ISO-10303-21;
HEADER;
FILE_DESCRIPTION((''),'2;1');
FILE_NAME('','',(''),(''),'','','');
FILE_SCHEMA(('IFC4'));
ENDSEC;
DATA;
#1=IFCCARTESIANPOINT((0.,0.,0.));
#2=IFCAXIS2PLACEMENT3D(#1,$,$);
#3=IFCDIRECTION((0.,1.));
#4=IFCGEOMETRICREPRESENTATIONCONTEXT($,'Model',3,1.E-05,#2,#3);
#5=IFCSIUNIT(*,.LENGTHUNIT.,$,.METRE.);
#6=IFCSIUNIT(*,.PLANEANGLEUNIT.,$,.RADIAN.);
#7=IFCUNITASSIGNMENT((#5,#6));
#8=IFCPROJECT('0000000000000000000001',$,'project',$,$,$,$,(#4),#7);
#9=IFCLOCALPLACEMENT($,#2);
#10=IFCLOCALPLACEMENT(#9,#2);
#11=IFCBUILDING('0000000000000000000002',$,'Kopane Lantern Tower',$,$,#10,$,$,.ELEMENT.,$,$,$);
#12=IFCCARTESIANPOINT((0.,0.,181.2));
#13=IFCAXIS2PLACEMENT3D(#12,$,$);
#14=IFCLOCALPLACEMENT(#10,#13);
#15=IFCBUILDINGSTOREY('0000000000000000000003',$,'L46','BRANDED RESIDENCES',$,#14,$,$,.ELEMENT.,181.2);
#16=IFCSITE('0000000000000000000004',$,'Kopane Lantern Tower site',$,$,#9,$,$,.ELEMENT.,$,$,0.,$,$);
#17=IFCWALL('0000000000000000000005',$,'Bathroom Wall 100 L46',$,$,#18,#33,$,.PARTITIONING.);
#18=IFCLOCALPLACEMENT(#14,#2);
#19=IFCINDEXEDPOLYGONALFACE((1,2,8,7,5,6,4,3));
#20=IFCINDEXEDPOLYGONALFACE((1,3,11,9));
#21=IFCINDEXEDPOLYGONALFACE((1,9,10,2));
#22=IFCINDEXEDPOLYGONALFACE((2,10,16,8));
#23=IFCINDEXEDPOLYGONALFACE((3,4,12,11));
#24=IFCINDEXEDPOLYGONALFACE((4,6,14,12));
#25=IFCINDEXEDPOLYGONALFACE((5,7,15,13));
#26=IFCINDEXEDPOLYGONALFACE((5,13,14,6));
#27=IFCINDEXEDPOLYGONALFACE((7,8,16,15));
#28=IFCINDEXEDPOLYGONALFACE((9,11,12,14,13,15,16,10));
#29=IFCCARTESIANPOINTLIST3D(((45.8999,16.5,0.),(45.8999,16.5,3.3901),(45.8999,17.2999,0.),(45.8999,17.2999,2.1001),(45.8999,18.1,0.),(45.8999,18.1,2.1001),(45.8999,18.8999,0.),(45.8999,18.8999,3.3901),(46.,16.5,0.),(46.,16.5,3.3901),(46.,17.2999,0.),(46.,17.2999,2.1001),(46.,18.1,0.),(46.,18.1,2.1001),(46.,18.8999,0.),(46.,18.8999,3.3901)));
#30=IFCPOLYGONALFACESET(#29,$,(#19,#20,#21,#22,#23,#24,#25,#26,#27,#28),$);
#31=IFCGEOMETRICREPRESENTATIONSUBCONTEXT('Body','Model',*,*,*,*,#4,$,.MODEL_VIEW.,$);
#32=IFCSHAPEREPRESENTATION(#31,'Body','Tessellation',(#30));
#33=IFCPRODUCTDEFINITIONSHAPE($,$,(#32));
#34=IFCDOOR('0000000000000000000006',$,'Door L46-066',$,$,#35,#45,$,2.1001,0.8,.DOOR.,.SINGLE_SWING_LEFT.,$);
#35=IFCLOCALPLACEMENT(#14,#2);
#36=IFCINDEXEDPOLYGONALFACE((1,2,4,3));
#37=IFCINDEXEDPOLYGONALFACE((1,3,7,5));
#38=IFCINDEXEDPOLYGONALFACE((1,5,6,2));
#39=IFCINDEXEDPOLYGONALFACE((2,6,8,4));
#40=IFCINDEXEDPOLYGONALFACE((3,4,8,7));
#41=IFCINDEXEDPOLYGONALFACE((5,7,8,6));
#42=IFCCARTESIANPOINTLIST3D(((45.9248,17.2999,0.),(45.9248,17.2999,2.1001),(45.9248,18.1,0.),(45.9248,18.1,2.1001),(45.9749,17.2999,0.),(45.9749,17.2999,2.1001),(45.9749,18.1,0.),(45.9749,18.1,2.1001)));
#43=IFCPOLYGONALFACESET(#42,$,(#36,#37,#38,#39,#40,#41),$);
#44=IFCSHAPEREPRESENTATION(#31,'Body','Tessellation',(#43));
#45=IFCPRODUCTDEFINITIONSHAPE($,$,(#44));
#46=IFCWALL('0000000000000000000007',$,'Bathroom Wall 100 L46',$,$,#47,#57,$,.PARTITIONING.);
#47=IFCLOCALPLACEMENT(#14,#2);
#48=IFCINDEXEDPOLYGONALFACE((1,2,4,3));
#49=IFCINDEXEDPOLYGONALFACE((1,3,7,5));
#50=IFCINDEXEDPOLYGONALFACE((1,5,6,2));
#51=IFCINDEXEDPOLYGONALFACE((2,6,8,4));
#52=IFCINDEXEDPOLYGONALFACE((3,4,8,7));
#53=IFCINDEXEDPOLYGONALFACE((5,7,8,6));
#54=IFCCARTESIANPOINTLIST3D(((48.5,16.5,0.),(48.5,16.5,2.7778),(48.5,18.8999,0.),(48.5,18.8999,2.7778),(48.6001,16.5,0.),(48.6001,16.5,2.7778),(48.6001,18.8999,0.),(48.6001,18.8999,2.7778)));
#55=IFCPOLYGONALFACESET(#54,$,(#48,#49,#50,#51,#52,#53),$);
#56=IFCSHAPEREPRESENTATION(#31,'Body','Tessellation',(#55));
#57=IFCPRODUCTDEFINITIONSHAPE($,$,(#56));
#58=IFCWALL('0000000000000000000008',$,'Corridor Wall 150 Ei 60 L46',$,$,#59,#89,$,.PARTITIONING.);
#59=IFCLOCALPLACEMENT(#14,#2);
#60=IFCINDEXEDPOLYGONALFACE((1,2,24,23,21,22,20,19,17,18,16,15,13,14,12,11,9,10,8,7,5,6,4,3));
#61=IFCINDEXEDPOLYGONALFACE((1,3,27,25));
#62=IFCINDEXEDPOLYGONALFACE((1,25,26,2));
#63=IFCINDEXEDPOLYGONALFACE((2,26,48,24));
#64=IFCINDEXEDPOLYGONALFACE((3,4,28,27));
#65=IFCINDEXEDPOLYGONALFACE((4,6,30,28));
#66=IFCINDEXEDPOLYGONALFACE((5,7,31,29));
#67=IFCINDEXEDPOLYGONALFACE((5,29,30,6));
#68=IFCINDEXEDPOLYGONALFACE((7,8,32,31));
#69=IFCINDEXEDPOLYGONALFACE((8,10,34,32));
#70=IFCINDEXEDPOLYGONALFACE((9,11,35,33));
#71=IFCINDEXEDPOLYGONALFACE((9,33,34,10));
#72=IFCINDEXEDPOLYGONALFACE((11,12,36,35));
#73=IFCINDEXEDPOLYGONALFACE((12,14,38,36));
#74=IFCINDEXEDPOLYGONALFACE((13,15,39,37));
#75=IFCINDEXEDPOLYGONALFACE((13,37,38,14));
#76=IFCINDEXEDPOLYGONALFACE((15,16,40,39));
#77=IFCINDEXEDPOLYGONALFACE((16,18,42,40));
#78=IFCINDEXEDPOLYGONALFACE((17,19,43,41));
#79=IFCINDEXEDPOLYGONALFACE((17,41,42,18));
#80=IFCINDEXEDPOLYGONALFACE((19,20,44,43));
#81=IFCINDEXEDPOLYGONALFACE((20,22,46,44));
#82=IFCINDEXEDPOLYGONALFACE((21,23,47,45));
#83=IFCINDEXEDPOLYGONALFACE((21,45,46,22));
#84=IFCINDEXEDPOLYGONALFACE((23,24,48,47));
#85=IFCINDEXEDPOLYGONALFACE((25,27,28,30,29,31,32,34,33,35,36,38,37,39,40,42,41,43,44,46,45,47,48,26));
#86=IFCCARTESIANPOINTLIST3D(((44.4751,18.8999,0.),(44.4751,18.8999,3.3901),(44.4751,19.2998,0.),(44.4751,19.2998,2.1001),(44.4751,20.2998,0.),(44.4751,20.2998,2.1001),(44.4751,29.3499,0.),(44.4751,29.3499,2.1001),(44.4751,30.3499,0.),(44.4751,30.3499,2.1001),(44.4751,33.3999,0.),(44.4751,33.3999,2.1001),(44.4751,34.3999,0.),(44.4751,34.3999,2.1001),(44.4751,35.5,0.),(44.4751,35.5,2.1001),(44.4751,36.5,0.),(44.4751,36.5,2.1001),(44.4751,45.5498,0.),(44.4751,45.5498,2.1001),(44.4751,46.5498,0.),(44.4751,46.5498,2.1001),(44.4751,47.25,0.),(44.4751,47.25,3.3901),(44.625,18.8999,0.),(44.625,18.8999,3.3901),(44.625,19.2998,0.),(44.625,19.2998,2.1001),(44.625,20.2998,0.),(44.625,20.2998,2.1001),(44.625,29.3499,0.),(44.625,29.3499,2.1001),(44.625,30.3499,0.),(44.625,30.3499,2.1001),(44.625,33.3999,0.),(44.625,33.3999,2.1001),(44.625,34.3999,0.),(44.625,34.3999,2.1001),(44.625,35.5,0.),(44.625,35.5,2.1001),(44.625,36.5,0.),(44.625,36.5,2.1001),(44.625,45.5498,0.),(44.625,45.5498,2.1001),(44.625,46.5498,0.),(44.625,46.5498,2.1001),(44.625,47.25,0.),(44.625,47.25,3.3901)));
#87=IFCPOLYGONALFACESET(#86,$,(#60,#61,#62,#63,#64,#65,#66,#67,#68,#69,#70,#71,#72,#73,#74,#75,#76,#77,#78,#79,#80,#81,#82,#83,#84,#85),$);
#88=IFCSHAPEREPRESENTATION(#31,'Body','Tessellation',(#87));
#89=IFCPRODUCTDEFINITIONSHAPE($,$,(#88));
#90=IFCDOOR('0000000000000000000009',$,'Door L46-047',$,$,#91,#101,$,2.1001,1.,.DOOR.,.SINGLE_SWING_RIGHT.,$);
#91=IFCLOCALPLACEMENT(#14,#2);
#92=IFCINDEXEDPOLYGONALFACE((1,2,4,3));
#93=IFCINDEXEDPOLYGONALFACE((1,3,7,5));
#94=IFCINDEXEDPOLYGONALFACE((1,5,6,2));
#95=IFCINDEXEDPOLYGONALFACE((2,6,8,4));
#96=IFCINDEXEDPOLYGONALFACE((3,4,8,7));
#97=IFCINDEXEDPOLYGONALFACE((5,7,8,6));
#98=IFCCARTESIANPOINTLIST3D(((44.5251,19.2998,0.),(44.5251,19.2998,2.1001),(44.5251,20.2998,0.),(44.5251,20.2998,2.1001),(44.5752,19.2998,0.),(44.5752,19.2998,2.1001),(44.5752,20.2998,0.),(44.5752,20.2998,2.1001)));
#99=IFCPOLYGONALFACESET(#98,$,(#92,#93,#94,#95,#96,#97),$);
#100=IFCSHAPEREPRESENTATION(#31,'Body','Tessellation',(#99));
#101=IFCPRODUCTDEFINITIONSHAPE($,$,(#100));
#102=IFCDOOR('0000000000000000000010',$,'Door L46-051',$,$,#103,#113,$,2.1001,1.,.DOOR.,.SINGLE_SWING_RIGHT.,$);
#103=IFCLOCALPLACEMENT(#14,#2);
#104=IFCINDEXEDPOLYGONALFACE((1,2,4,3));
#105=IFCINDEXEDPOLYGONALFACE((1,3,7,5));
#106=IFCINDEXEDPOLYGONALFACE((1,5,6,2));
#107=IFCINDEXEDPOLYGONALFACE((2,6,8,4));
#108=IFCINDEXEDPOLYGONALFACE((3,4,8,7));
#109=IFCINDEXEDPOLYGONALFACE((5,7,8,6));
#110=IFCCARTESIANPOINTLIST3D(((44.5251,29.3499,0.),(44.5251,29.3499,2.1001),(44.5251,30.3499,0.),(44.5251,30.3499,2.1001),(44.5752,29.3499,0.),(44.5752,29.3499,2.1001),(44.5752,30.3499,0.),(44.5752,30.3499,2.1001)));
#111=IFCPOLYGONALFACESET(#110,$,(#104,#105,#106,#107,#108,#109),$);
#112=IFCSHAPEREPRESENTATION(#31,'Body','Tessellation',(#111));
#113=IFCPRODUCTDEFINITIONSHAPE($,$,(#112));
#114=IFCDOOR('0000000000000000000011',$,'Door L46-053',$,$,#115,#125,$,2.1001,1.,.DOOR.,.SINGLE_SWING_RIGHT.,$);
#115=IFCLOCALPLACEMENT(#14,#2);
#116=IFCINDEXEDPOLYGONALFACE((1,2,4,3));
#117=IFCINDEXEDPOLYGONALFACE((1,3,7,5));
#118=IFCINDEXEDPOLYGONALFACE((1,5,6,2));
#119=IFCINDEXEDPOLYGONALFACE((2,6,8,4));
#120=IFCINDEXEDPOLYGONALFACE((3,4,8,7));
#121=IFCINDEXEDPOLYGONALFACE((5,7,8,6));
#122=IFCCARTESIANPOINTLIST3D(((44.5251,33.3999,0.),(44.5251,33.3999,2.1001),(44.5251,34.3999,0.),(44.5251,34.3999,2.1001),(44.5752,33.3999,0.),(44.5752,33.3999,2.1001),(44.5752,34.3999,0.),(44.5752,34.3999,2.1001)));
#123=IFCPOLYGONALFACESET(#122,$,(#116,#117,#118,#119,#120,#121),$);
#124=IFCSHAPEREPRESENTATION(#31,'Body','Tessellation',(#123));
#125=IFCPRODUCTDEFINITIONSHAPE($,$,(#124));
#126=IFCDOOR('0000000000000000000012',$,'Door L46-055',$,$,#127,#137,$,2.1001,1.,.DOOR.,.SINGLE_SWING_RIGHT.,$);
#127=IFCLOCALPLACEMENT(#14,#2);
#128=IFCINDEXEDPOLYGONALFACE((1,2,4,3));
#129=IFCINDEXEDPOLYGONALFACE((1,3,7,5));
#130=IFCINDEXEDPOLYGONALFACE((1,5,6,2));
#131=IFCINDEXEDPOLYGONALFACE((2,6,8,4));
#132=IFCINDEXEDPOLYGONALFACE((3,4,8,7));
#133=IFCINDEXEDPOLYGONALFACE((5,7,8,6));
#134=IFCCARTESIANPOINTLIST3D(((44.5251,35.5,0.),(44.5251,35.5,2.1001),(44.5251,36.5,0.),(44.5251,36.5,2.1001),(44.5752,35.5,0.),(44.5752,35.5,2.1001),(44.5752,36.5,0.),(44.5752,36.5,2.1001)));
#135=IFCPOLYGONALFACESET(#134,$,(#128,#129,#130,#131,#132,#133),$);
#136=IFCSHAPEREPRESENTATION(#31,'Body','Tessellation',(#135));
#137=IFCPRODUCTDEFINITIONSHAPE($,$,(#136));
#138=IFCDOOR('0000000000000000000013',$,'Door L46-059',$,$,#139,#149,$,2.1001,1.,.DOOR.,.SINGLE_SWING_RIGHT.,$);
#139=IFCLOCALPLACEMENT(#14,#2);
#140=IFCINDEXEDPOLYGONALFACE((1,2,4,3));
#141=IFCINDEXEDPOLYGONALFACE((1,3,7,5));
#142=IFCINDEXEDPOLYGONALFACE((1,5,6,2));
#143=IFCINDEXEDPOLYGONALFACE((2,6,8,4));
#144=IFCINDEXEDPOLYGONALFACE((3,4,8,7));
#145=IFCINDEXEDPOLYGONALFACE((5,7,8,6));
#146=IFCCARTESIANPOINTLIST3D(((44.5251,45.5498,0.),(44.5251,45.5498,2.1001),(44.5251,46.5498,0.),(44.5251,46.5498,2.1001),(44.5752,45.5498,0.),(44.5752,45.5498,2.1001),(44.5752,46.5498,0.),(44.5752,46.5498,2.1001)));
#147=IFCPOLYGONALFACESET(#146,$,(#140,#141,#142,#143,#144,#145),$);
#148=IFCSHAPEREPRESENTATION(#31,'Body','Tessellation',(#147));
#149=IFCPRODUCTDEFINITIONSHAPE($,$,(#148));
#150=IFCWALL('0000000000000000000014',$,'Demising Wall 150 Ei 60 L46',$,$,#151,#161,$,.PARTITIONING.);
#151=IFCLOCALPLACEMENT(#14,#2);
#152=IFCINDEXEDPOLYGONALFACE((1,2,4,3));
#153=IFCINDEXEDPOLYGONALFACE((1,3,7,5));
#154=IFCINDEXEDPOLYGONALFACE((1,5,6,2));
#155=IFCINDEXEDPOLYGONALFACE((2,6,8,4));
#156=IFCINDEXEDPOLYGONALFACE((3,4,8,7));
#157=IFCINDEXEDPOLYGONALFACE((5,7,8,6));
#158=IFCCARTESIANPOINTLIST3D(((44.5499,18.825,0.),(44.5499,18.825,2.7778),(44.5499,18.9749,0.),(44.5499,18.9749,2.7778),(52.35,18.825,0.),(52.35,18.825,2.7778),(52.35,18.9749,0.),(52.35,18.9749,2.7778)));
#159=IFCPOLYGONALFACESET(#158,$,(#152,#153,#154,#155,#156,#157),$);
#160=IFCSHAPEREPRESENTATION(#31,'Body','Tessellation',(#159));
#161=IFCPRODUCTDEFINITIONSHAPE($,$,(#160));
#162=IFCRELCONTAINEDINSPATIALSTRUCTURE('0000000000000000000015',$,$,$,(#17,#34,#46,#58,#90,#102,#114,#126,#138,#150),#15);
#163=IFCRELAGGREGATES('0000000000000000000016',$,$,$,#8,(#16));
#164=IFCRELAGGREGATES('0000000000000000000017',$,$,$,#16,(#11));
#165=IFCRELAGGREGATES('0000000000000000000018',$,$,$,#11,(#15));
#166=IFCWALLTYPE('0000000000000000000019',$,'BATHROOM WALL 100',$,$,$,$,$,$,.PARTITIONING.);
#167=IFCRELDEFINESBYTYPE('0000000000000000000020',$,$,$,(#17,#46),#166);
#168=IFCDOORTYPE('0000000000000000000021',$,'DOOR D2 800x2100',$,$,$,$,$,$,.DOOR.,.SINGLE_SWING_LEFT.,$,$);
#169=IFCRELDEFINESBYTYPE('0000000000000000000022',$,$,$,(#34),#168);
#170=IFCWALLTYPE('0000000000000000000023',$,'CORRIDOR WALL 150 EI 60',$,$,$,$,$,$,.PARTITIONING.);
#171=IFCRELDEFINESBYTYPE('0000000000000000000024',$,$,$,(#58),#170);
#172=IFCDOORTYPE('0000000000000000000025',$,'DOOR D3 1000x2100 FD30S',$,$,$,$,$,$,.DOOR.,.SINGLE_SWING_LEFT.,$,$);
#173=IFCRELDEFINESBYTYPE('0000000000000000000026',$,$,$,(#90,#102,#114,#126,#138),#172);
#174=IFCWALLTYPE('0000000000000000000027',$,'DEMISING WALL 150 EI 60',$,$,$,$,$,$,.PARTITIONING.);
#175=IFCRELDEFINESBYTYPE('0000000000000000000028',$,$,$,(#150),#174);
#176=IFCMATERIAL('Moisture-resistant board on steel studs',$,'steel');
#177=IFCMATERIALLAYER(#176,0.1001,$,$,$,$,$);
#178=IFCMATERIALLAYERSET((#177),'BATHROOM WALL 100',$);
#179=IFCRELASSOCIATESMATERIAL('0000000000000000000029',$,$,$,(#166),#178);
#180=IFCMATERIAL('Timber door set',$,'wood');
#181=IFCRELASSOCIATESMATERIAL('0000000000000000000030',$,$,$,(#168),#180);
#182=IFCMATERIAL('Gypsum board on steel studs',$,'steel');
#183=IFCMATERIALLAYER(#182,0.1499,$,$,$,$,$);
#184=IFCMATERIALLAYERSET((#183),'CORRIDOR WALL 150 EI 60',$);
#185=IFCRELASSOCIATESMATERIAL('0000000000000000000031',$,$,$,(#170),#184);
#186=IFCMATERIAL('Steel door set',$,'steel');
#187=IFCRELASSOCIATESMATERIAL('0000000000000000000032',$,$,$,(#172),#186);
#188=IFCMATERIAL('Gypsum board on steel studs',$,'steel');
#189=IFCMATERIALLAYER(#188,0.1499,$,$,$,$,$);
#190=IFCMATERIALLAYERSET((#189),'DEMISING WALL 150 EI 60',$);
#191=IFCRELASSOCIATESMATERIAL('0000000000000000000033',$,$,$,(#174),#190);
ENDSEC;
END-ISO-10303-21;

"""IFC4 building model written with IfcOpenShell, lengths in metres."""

from ifc_helpers import new_model, si_unit, direction, frame, frame_2d, origin, place, context, subcontext, project, spatial, rectangle, extrude, material, layer, layer_set, type_object, element, fill, save


model = new_model("IFC4")

# Units and contexts
model_context = context("Model", 3, precision=1e-05, world=origin(), true_north=direction((0.0, 1.0)))
body_context = subcontext(model_context, "Body", "Model", "MODEL_VIEW")
ifc_project = project(units=[si_unit("LENGTHUNIT", "METRE"), si_unit("PLANEANGLEUNIT", "RADIAN")], contexts=[model_context])

# Site, building, storey
site_placement = place(None, origin())
site = spatial("IfcSite", under=ifc_project, at=site_placement, Name="Kopane Lantern Tower site", CompositionType="ELEMENT", RefElevation=0.0)
building_placement = place(site_placement, origin())
building = spatial("IfcBuilding", under=site, at=building_placement, Name="Kopane Lantern Tower", CompositionType="ELEMENT")
storey_placement = place(building_placement, frame((0.0, 0.0, 181.2)))
storey = spatial("IfcBuildingStorey", under=building, at=storey_placement, Name="L46", Description="BRANDED RESIDENCES", CompositionType="ELEMENT", Elevation=181.2)

# Wall, opening, door
ifc_material_1 = material(Name="Moisture-resistant board on steel studs", Category="steel")
ifc_layer_1 = layer(ifc_material_1, 0.1001)
ifc_layer_set_1 = layer_set([ifc_layer_1], Name="BATHROOM WALL 100")
wall_type_1 = type_object("IfcWallType", Name="BATHROOM WALL 100", PredefinedType="PARTITIONING", material=ifc_layer_set_1)
wall_1_placement = place(storey_placement, frame((45.95, 18.8999, 0.0), z_axis=(0.0, 0.0, 1.0), x_axis=(0.0, -1.0, 0.0)))
wall_1 = element("IfcWall", 1, at=wall_1_placement, inside=storey, type_object=wall_type_1, Name="Bathroom Wall 100 L46", PredefinedType="PARTITIONING", context=body_context, shape_type="SweptSolid", body=[
    extrude(rectangle(XDim=2.3999, YDim=0.1001, at=frame_2d((1.2, 0.0))), origin(), (0.0, 0.0, 1.0), 3.3901),
])
opening_1_placement = place(wall_1_placement, frame((0.8, 0.0, 0.0)))
opening_1 = element("IfcOpeningElement", 2, at=opening_1_placement, cuts=wall_1, PredefinedType="OPENING", context=body_context, shape_type="SweptSolid", body=[
    extrude(rectangle(XDim=0.8, YDim=2.1001, at=frame_2d((0.3999, 1.05))), frame((0.0, 0.0601, 0.0), z_axis=(0.0, -1.0, 0.0), x_axis=(1.0, 0.0, 0.0)), (0.0, 0.0, 1.0), 0.1201),
])
ifc_material_2 = material(Name="Timber door set", Category="wood")
door_type_1 = type_object("IfcDoorType", Name="DOOR D2 800x2100", OperationType="SINGLE_SWING_LEFT", PredefinedType="DOOR", material=ifc_material_2)
door_1_placement = place(opening_1_placement, origin())
door_1 = element("IfcDoor", 3, at=door_1_placement, inside=storey, type_object=door_type_1, Name="Door L46-066", OperationType="SINGLE_SWING_LEFT", OverallHeight=2.1001, OverallWidth=0.8, PredefinedType="DOOR", context=body_context, shape_type="SweptSolid", body=[
    extrude(rectangle(XDim=0.8, YDim=2.1001, at=frame_2d((0.3999, 1.05))), frame((0.0, 0.0249, 0.0), z_axis=(0.0, -1.0, 0.0), x_axis=(1.0, 0.0, 0.0)), (0.0, 0.0, 1.0), 0.05),
])
fill(opening_1, door_1)

# Wall
wall_2_placement = place(storey_placement, frame((48.55, 18.8999, 0.0), z_axis=(0.0, 0.0, 1.0), x_axis=(0.0, -1.0, 0.0)))
element("IfcWall", 4, at=wall_2_placement, inside=storey, type_object=wall_type_1, Name="Bathroom Wall 100 L46", PredefinedType="PARTITIONING", context=body_context, shape_type="SweptSolid", body=[
    extrude(rectangle(XDim=2.3999, YDim=0.1001, at=frame_2d((1.2, 0.0))), origin(), (0.0, 0.0, 1.0), 2.7778),
])

# Wall, openings, doors
ifc_material_3 = material(Name="Gypsum board on steel studs", Category="steel")
ifc_layer_2 = layer(ifc_material_3, 0.1499)
ifc_layer_set_2 = layer_set([ifc_layer_2], Name="CORRIDOR WALL 150 EI 60")
wall_type_2 = type_object("IfcWallType", Name="CORRIDOR WALL 150 EI 60", PredefinedType="PARTITIONING", material=ifc_layer_set_2)
wall_3_placement = place(storey_placement, frame((44.55, 18.8999, 0.0), z_axis=(0.0, 0.0, 1.0), x_axis=(0.0, 1.0, 0.0)))
wall_3 = element("IfcWall", 5, at=wall_3_placement, inside=storey, type_object=wall_type_2, Name="Corridor Wall 150 Ei 60 L46", PredefinedType="PARTITIONING", context=body_context, shape_type="SweptSolid", body=[
    extrude(rectangle(XDim=28.3501, YDim=0.1499, at=frame_2d((14.175, 0.0))), origin(), (0.0, 0.0, 1.0), 3.3901),
])
opening_2_placement = place(wall_3_placement, frame((0.3999, 0.0, 0.0)))
opening_2 = element("IfcOpeningElement", 6, at=opening_2_placement, cuts=wall_3, PredefinedType="OPENING", context=body_context, shape_type="SweptSolid", body=[
    extrude(rectangle(XDim=1.0, YDim=2.1001, at=frame_2d((0.5, 1.05))), frame((0.0, 0.085, 0.0), z_axis=(0.0, -1.0, 0.0), x_axis=(1.0, 0.0, 0.0)), (0.0, 0.0, 1.0), 0.1699),
])
opening_3_placement = place(wall_3_placement, frame((10.45, 0.0, 0.0)))
opening_3 = element("IfcOpeningElement", 7, at=opening_3_placement, cuts=wall_3, PredefinedType="OPENING", context=body_context, shape_type="SweptSolid", body=[
    extrude(rectangle(XDim=1.0, YDim=2.1001, at=frame_2d((0.5, 1.05))), frame((0.0, 0.085, 0.0), z_axis=(0.0, -1.0, 0.0), x_axis=(1.0, 0.0, 0.0)), (0.0, 0.0, 1.0), 0.1699),
])
opening_4_placement = place(wall_3_placement, frame((14.5, 0.0, 0.0)))
opening_4 = element("IfcOpeningElement", 8, at=opening_4_placement, cuts=wall_3, PredefinedType="OPENING", context=body_context, shape_type="SweptSolid", body=[
    extrude(rectangle(XDim=1.0, YDim=2.1001, at=frame_2d((0.5, 1.05))), frame((0.0, 0.085, 0.0), z_axis=(0.0, -1.0, 0.0), x_axis=(1.0, 0.0, 0.0)), (0.0, 0.0, 1.0), 0.1699),
])
opening_5_placement = place(wall_3_placement, frame((16.6001, 0.0, 0.0)))
opening_5 = element("IfcOpeningElement", 9, at=opening_5_placement, cuts=wall_3, PredefinedType="OPENING", context=body_context, shape_type="SweptSolid", body=[
    extrude(rectangle(XDim=1.0, YDim=2.1001, at=frame_2d((0.5, 1.05))), frame((0.0, 0.085, 0.0), z_axis=(0.0, -1.0, 0.0), x_axis=(1.0, 0.0, 0.0)), (0.0, 0.0, 1.0), 0.1699),
])
opening_6_placement = place(wall_3_placement, frame((26.6499, 0.0, 0.0)))
opening_6 = element("IfcOpeningElement", 10, at=opening_6_placement, cuts=wall_3, PredefinedType="OPENING", context=body_context, shape_type="SweptSolid", body=[
    extrude(rectangle(XDim=1.0, YDim=2.1001, at=frame_2d((0.5, 1.05))), frame((0.0, 0.085, 0.0), z_axis=(0.0, -1.0, 0.0), x_axis=(1.0, 0.0, 0.0)), (0.0, 0.0, 1.0), 0.1699),
])
ifc_material_4 = material(Name="Steel door set", Category="steel")
door_type_2 = type_object("IfcDoorType", Name="DOOR D3 1000x2100 FD30S", OperationType="SINGLE_SWING_LEFT", PredefinedType="DOOR", material=ifc_material_4)
door_2_placement = place(opening_2_placement, origin())
door_2 = element("IfcDoor", 11, at=door_2_placement, inside=storey, type_object=door_type_2, Name="Door L46-047", OperationType="SINGLE_SWING_RIGHT", OverallHeight=2.1001, OverallWidth=1.0, PredefinedType="DOOR", context=body_context, shape_type="SweptSolid", body=[
    extrude(rectangle(XDim=1.0, YDim=2.1001, at=frame_2d((0.5, 1.05))), frame((0.0, 0.0249, 0.0), z_axis=(0.0, -1.0, 0.0), x_axis=(1.0, 0.0, 0.0)), (0.0, 0.0, 1.0), 0.05),
])
fill(opening_2, door_2)
door_3_placement = place(opening_3_placement, origin())
door_3 = element("IfcDoor", 12, at=door_3_placement, inside=storey, type_object=door_type_2, Name="Door L46-051", OperationType="SINGLE_SWING_RIGHT", OverallHeight=2.1001, OverallWidth=1.0, PredefinedType="DOOR", context=body_context, shape_type="SweptSolid", body=[
    extrude(rectangle(XDim=1.0, YDim=2.1001, at=frame_2d((0.5, 1.05))), frame((0.0, 0.0249, 0.0), z_axis=(0.0, -1.0, 0.0), x_axis=(1.0, 0.0, 0.0)), (0.0, 0.0, 1.0), 0.05),
])
fill(opening_3, door_3)
door_4_placement = place(opening_4_placement, origin())
door_4 = element("IfcDoor", 13, at=door_4_placement, inside=storey, type_object=door_type_2, Name="Door L46-053", OperationType="SINGLE_SWING_RIGHT", OverallHeight=2.1001, OverallWidth=1.0, PredefinedType="DOOR", context=body_context, shape_type="SweptSolid", body=[
    extrude(rectangle(XDim=1.0, YDim=2.1001, at=frame_2d((0.5, 1.05))), frame((0.0, 0.0249, 0.0), z_axis=(0.0, -1.0, 0.0), x_axis=(1.0, 0.0, 0.0)), (0.0, 0.0, 1.0), 0.05),
])
fill(opening_4, door_4)
door_5_placement = place(opening_5_placement, origin())
door_5 = element("IfcDoor", 14, at=door_5_placement, inside=storey, type_object=door_type_2, Name="Door L46-055", OperationType="SINGLE_SWING_RIGHT", OverallHeight=2.1001, OverallWidth=1.0, PredefinedType="DOOR", context=body_context, shape_type="SweptSolid", body=[
    extrude(rectangle(XDim=1.0, YDim=2.1001, at=frame_2d((0.5, 1.05))), frame((0.0, 0.0249, 0.0), z_axis=(0.0, -1.0, 0.0), x_axis=(1.0, 0.0, 0.0)), (0.0, 0.0, 1.0), 0.05),
])
fill(opening_5, door_5)
door_6_placement = place(opening_6_placement, origin())
door_6 = element("IfcDoor", 15, at=door_6_placement, inside=storey, type_object=door_type_2, Name="Door L46-059", OperationType="SINGLE_SWING_RIGHT", OverallHeight=2.1001, OverallWidth=1.0, PredefinedType="DOOR", context=body_context, shape_type="SweptSolid", body=[
    extrude(rectangle(XDim=1.0, YDim=2.1001, at=frame_2d((0.5, 1.05))), frame((0.0, 0.0249, 0.0), z_axis=(0.0, -1.0, 0.0), x_axis=(1.0, 0.0, 0.0)), (0.0, 0.0, 1.0), 0.05),
])
fill(opening_6, door_6)

# Wall
ifc_material_5 = material(Name="Gypsum board on steel studs", Category="steel")
ifc_layer_3 = layer(ifc_material_5, 0.1499)
ifc_layer_set_3 = layer_set([ifc_layer_3], Name="DEMISING WALL 150 EI 60")
wall_type_3 = type_object("IfcWallType", Name="DEMISING WALL 150 EI 60", PredefinedType="PARTITIONING", material=ifc_layer_set_3)
wall_4_placement = place(storey_placement, frame((44.55, 18.8999, 0.0), z_axis=(0.0, 0.0, 1.0), x_axis=(1.0, 0.0, 0.0)))
element("IfcWall", 16, at=wall_4_placement, inside=storey, type_object=wall_type_3, Name="Demising Wall 150 Ei 60 L46", PredefinedType="PARTITIONING", context=body_context, shape_type="SweptSolid", body=[
    extrude(rectangle(XDim=7.8, YDim=0.1499, at=frame_2d((3.8999, 0.0))), origin(), (0.0, 0.0, 1.0), 2.7778),
])

save(model, "model.ifc")
